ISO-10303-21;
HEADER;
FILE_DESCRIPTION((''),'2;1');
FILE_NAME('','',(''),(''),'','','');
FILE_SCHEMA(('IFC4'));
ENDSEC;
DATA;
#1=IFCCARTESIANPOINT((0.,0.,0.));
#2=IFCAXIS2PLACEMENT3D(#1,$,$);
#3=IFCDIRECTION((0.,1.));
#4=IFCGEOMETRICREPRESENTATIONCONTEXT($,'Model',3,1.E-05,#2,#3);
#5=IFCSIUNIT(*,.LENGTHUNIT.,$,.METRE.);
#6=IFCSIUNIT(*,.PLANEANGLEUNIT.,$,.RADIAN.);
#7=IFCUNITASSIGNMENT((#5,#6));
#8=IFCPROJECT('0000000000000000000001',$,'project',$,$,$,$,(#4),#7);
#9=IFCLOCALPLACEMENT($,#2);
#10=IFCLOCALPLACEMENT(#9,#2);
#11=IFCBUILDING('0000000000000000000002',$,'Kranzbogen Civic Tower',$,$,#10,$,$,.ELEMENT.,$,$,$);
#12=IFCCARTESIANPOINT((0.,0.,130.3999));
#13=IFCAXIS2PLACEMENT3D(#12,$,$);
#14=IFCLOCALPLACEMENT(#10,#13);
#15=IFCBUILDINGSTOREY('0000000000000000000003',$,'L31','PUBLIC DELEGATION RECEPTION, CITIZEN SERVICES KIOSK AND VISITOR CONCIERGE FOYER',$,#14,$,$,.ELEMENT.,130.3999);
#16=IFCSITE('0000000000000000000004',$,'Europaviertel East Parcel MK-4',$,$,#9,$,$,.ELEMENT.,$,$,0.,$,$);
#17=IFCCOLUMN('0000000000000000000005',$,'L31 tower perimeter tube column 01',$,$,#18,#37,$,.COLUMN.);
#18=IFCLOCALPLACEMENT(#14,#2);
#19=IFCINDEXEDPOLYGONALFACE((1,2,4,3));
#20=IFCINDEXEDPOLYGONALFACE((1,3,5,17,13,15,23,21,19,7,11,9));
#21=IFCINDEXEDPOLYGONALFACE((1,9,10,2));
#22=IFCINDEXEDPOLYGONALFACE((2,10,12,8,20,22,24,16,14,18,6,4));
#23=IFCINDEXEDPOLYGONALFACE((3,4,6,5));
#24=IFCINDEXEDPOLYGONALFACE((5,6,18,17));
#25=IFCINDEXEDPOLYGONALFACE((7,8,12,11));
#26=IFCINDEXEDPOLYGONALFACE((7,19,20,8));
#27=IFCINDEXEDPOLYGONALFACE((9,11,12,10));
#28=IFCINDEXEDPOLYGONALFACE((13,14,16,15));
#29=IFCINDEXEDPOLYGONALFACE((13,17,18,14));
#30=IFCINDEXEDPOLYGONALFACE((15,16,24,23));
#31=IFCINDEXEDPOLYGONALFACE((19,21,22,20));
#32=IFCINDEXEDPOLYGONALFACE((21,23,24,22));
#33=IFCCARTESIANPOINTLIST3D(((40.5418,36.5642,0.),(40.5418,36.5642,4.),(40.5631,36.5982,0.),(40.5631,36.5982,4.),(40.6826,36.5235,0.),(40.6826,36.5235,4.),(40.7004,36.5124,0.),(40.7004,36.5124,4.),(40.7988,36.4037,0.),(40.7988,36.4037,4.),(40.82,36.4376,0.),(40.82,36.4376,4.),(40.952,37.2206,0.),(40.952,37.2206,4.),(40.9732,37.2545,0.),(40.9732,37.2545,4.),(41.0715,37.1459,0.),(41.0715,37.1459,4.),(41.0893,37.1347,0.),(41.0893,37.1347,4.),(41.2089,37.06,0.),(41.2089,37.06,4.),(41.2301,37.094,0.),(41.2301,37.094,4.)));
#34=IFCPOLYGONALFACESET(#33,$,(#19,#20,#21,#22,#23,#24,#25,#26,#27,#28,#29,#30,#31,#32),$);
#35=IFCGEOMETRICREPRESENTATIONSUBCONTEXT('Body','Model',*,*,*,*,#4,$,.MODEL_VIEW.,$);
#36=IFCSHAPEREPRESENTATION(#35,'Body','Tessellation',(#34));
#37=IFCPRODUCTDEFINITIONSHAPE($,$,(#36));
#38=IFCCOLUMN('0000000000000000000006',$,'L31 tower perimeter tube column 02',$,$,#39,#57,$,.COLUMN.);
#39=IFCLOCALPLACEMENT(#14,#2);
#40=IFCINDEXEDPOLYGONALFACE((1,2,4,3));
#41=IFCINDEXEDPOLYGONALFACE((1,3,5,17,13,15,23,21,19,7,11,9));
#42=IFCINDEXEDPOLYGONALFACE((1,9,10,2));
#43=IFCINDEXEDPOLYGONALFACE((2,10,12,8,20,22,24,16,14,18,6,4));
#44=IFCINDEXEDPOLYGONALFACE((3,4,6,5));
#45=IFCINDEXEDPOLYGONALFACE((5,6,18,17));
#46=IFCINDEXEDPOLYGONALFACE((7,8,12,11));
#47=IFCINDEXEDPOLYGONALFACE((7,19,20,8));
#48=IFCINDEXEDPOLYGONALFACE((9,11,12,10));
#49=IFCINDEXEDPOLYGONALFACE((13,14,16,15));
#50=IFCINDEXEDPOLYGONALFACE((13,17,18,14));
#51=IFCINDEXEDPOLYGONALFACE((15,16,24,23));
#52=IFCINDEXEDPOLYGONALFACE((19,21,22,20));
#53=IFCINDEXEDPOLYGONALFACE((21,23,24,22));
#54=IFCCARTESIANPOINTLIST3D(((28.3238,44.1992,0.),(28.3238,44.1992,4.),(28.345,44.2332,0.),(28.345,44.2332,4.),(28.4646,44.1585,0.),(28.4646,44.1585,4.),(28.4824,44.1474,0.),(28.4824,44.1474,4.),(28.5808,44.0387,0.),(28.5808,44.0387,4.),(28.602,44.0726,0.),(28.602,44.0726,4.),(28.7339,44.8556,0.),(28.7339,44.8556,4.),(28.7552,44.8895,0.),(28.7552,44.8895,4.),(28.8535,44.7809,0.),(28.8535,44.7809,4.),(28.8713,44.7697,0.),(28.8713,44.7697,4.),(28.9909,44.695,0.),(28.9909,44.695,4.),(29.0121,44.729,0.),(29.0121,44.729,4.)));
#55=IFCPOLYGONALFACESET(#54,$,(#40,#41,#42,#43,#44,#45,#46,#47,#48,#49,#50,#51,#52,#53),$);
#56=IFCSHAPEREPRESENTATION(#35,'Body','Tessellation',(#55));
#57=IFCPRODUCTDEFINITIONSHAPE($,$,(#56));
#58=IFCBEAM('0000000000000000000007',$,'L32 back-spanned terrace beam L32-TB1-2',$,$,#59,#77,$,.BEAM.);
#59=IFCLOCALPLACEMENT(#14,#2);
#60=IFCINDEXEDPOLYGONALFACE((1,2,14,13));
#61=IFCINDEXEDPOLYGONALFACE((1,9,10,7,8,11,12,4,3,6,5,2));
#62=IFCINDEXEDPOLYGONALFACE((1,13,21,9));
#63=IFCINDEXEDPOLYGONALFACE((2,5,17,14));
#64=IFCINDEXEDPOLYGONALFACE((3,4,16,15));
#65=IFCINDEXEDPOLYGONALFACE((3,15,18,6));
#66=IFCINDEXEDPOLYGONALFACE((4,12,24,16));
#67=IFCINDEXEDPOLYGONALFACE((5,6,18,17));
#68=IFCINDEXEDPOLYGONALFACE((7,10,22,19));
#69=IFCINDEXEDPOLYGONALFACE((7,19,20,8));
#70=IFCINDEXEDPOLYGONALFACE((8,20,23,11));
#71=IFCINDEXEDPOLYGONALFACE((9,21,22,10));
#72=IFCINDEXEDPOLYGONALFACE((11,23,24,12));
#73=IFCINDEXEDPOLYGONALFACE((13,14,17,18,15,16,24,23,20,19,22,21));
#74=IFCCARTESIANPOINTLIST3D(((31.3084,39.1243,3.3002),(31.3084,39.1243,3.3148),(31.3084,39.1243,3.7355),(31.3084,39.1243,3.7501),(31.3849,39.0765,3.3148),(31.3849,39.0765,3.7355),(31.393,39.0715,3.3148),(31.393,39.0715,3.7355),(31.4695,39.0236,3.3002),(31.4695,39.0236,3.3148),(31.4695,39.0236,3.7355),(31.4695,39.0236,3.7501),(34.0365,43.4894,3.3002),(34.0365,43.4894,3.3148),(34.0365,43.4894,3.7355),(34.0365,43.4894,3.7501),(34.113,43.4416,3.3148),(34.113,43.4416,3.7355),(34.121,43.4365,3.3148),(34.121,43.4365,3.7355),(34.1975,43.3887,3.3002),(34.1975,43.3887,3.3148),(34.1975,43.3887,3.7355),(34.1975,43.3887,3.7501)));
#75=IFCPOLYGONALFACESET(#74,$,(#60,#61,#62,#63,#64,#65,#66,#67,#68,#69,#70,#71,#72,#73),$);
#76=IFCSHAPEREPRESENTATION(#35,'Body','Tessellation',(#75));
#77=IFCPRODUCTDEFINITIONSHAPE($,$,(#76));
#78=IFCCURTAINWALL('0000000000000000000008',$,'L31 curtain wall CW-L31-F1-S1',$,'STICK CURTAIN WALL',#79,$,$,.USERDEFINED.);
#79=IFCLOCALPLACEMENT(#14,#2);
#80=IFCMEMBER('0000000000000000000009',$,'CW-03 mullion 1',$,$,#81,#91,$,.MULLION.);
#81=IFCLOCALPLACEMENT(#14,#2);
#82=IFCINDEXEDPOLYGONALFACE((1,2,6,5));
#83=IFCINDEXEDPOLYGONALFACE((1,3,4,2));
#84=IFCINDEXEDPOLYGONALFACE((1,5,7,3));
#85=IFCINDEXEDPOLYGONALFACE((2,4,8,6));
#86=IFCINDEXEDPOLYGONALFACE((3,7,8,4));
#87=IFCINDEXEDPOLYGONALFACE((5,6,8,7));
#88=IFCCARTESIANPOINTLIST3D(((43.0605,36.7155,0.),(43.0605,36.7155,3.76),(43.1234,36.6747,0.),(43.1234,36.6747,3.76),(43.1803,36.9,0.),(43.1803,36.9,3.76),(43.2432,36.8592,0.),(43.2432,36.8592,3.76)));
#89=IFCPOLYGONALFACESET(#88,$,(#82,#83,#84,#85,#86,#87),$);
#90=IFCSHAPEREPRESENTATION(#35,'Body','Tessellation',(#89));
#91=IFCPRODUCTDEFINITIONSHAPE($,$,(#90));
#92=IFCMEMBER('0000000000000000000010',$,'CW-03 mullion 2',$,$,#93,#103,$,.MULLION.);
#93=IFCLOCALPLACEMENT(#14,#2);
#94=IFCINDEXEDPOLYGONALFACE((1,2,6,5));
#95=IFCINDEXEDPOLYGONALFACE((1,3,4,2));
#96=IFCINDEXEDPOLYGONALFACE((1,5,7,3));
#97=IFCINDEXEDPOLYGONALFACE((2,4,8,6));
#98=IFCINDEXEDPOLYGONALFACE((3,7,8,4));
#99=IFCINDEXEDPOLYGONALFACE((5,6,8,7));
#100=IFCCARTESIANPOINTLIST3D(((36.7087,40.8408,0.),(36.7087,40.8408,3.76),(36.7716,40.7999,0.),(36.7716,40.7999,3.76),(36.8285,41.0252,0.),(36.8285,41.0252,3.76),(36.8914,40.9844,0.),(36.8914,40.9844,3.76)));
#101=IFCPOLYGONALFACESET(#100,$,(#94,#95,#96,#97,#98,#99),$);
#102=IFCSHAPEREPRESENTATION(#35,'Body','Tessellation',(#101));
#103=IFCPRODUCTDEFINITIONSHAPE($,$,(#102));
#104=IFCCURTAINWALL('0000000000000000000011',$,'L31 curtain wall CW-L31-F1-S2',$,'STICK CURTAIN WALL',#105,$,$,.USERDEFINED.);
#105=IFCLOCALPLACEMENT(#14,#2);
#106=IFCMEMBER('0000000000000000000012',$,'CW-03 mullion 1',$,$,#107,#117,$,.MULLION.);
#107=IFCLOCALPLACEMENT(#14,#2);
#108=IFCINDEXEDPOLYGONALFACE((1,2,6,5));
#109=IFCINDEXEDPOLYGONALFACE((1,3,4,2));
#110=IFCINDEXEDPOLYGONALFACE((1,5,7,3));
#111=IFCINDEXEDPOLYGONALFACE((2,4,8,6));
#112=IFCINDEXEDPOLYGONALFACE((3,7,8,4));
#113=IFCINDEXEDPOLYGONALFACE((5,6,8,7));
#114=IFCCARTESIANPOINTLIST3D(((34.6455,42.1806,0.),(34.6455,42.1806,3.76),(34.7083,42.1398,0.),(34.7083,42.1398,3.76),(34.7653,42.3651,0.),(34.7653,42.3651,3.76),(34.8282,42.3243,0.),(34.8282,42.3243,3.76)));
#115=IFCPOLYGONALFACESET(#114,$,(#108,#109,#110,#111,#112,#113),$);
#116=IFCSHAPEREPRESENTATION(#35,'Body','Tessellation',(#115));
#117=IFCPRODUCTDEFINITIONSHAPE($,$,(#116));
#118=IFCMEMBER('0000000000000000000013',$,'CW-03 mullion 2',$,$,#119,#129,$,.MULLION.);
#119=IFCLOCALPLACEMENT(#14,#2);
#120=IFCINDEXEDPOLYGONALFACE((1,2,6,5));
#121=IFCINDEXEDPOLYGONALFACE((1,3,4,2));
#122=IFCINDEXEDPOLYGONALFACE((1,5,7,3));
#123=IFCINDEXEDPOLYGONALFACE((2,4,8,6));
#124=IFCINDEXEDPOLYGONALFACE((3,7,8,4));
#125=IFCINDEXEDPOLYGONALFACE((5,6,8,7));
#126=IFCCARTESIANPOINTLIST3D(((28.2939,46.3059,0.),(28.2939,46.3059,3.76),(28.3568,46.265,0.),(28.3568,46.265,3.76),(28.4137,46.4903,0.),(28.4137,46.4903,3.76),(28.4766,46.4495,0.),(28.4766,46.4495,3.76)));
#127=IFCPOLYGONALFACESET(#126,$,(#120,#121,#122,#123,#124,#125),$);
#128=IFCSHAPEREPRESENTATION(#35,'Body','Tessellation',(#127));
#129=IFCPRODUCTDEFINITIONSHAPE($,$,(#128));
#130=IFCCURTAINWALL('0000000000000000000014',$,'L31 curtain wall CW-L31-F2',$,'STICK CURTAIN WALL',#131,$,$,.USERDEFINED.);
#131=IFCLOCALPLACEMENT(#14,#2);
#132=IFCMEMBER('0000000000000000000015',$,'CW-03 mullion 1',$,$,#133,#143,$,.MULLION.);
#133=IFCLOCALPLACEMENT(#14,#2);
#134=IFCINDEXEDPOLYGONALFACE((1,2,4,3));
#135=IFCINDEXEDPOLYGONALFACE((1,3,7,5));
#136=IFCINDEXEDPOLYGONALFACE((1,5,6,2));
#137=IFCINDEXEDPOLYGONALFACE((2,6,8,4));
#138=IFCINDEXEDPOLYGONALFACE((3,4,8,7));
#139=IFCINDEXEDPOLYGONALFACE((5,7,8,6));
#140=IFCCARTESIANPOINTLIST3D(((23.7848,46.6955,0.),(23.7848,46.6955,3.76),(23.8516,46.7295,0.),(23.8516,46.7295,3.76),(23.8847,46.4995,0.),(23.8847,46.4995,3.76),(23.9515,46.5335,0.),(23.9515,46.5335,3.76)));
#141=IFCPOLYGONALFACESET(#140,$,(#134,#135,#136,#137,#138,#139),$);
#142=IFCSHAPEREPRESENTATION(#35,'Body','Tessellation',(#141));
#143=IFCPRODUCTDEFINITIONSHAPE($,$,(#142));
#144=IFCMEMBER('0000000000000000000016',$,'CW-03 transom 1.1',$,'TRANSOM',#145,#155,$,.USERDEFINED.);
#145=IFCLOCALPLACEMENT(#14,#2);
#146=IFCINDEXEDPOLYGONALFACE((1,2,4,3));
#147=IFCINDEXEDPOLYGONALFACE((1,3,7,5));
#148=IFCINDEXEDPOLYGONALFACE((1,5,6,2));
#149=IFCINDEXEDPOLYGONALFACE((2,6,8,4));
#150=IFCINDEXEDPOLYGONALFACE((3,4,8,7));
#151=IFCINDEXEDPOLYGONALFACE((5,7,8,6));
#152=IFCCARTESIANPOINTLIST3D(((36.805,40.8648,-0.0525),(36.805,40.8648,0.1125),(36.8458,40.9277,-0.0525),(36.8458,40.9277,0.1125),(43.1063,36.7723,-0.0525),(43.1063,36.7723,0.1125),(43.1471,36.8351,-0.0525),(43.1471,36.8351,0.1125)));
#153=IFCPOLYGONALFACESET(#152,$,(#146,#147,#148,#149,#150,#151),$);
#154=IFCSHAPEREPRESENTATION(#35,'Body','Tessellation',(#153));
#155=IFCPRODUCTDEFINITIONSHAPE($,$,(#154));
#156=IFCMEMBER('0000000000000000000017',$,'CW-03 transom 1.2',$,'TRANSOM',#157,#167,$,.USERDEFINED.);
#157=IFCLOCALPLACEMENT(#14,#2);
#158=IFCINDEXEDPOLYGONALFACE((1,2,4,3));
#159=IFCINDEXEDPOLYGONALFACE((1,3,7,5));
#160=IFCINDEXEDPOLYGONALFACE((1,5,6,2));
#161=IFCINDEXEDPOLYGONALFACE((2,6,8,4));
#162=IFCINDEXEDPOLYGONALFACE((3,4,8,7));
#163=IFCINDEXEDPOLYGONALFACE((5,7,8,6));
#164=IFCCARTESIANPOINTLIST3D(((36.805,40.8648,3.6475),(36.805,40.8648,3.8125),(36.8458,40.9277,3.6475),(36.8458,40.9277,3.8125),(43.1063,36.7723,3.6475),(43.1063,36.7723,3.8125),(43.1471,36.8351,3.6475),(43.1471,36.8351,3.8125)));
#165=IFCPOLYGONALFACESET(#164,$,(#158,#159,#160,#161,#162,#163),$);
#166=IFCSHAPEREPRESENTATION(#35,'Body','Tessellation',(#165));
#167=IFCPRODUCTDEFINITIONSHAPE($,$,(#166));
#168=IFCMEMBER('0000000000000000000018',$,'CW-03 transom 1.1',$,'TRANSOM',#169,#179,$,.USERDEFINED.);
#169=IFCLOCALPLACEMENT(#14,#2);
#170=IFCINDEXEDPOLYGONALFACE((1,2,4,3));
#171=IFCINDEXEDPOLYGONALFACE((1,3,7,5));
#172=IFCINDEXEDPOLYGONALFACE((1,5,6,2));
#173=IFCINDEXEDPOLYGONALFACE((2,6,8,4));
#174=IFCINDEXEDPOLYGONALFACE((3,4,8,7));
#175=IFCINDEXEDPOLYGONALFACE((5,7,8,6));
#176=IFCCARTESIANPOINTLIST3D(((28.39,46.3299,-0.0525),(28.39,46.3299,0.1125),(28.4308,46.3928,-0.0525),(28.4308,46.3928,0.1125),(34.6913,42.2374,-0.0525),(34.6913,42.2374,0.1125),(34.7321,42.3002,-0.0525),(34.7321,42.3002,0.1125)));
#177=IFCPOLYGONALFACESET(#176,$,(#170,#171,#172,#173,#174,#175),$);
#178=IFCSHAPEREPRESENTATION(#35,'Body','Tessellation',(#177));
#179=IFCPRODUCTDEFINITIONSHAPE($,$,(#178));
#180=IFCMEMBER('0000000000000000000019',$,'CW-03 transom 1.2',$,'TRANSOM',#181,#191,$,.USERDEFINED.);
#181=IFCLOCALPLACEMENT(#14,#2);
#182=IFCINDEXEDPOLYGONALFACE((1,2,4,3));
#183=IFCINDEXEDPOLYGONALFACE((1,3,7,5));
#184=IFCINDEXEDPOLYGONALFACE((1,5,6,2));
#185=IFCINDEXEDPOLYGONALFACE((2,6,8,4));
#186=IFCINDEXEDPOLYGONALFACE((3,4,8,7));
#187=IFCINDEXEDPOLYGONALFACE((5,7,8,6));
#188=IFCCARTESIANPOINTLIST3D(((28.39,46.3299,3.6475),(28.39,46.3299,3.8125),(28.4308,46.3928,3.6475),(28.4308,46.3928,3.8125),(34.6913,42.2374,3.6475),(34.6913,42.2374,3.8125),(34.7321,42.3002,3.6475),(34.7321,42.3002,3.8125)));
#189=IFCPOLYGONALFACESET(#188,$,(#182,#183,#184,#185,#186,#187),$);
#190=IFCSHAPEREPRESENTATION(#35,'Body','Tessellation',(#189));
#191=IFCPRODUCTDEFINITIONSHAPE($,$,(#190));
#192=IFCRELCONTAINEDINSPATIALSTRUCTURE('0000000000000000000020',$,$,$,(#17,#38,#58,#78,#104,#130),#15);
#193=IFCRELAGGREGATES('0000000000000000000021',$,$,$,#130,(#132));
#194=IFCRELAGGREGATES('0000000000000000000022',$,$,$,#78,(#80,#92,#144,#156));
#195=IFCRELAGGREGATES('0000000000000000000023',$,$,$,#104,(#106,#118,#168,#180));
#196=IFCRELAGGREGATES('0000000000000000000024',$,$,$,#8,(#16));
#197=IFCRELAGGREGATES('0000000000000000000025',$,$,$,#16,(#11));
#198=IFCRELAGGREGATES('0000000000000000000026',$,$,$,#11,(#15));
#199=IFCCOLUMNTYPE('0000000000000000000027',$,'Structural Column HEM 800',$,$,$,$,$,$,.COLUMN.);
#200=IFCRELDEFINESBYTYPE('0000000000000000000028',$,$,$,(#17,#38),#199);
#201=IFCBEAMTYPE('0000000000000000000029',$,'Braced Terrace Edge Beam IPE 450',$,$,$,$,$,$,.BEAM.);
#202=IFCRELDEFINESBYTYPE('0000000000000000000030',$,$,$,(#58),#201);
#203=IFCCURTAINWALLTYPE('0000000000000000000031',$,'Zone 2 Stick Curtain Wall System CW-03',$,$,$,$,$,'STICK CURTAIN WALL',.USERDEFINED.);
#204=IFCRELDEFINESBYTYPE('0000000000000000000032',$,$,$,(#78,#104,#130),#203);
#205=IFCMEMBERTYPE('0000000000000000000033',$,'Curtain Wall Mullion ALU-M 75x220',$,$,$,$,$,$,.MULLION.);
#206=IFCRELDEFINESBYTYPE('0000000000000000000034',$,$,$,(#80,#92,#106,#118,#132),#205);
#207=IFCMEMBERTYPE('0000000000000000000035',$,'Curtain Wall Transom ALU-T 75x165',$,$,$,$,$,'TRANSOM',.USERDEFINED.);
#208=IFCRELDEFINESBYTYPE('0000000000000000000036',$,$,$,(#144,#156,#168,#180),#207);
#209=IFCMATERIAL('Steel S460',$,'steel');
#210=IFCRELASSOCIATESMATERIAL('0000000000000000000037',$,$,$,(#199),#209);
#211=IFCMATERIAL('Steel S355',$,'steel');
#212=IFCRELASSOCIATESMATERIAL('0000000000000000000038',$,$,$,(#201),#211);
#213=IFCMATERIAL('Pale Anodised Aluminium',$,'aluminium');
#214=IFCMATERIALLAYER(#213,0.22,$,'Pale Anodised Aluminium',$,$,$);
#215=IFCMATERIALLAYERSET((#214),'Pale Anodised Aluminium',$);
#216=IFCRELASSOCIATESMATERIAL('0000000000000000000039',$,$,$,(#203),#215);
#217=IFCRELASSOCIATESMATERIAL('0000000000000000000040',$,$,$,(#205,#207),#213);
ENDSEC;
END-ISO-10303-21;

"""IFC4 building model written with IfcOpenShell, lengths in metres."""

from ifc_helpers import new_model, si_unit, direction, frame, origin, origin_2d, place, context, subcontext, project, spatial, rectangle, i_section, extrude, material, layer, layer_set, material_profile, profile_set, type_object, element, aggregate, save


model = new_model("IFC4")

# Units and contexts
model_context = context("Model", 3, precision=1e-05, world=origin(), true_north=direction((0.0, 1.0)))
body_context = subcontext(model_context, "Body", "Model", "MODEL_VIEW")
ifc_project = project(units=[si_unit("LENGTHUNIT", "METRE"), si_unit("PLANEANGLEUNIT", "RADIAN")], contexts=[model_context])

# Site, building, storey
site_placement = place(None, origin())
site = spatial("IfcSite", under=ifc_project, at=site_placement, Name="Europaviertel East Parcel MK-4", CompositionType="ELEMENT", RefElevation=0.0)
building_placement = place(site_placement, origin())
building = spatial("IfcBuilding", under=site, at=building_placement, Name="Kranzbogen Civic Tower", CompositionType="ELEMENT")
storey_placement = place(building_placement, frame((0.0, 0.0, 130.3999)))
storey = spatial("IfcBuildingStorey", under=building, at=storey_placement, Name="L31", Description="PUBLIC DELEGATION RECEPTION, CITIZEN SERVICES KIOSK AND VISITOR CONCIERGE FOYER", CompositionType="ELEMENT", Elevation=130.3999)

# Columns
ifc_material_1 = material(Name="Steel S460", Category="steel")
ifc_material_profile_1 = material_profile(ifc_material_1, i_section(OverallWidth=0.303, OverallDepth=0.814, WebThickness=0.021, FlangeThickness=0.04, at=origin_2d()), Name="HEM 800")
ifc_profile_set_1 = profile_set([ifc_material_profile_1], Name="Steel S460")
column_type = type_object("IfcColumnType", Name="Structural Column HEM 800", PredefinedType="COLUMN", material=ifc_profile_set_1)
for number, where, z_axis, x_axis, name in (
    (1, (40.886, 36.8291, 0.0), (0.0, 0.0, 1.0), (-0.848048, 0.529919, 0.0), "L31 tower perimeter tube column 01"),
    (2, (28.668, 44.4641, 0.0), (0.0, 0.0, 1.0), (-0.848048, 0.529919, 0.0), "L31 tower perimeter tube column 02"),
):
    element("IfcColumn", number, at=place(storey_placement, frame(where, z_axis=z_axis, x_axis=x_axis)), inside=storey, type_object=column_type, Name=name, PredefinedType="COLUMN", context=body_context, shape_type="SweptSolid", body=[
        extrude(i_section(OverallWidth=0.303, OverallDepth=0.814, WebThickness=0.021, FlangeThickness=0.04, at=origin_2d()), origin(), (0.0, 0.0, 1.0), 4.0),
    ])

# Beam
ifc_material_2 = material(Name="Steel S355", Category="steel")
ifc_material_profile_2 = material_profile(ifc_material_2, i_section(OverallWidth=0.1899, OverallDepth=0.45, WebThickness=0.0095, FlangeThickness=0.0146, at=origin_2d()), Name="IPE 450")
ifc_profile_set_2 = profile_set([ifc_material_profile_2], Name="Steel S355")
beam_type_1 = type_object("IfcBeamType", Name="Braced Terrace Edge Beam IPE 450", PredefinedType="BEAM", material=ifc_profile_set_2)
beam_1_placement = place(storey_placement, frame((31.3889, 39.074, 3.5251), z_axis=(0.529986, 0.848006, 0.0), x_axis=(-0.848006, 0.529986, 0.0)))
element("IfcBeam", 3, at=beam_1_placement, inside=storey, type_object=beam_type_1, Name="L32 back-spanned terrace beam L32-TB1-2", PredefinedType="BEAM", context=body_context, shape_type="SweptSolid", body=[
    extrude(i_section(OverallWidth=0.1899, OverallDepth=0.45, WebThickness=0.0095, FlangeThickness=0.0146, at=origin_2d()), origin(), (0.0, 0.0, 1.0), 5.1475),
])

# Curtain walls, members
ifc_material_3 = material(Name="Pale Anodised Aluminium", Category="aluminium")
ifc_layer_1 = layer(ifc_material_3, 0.22, Name="Pale Anodised Aluminium")
ifc_layer_set_1 = layer_set([ifc_layer_1], Name="Pale Anodised Aluminium")
curtain_wall_type = type_object("IfcCurtainWallType", Name="Zone 2 Stick Curtain Wall System CW-03", ElementType="STICK CURTAIN WALL", PredefinedType="USERDEFINED", material=ifc_layer_set_1)
curtain_wall_1_placement = place(storey_placement, origin())
curtain_wall_1 = element("IfcCurtainWall", 4, at=curtain_wall_1_placement, inside=storey, type_object=curtain_wall_type, Name="L31 curtain wall CW-L31-F1-S1", ObjectType="STICK CURTAIN WALL", PredefinedType="USERDEFINED")
ifc_material_profile_3 = material_profile(ifc_material_3, rectangle(XDim=0.075, YDim=0.22, at=origin_2d()), Name="ALU-M 75x220")
ifc_profile_set_3 = profile_set([ifc_material_profile_3], Name="Pale Anodised Aluminium")
member_type_1 = type_object("IfcMemberType", Name="Curtain Wall Mullion ALU-M 75x220", PredefinedType="MULLION", material=ifc_profile_set_3)
member_1_placement = place(storey_placement, frame((43.1519, 36.7874, 0.0), z_axis=(0.0, 0.0, 1.0), x_axis=(-0.838641, 0.544684, 0.0)))
member_1 = element("IfcMember", 5, at=member_1_placement, type_object=member_type_1, Name="CW-03 mullion 1", PredefinedType="MULLION", context=body_context, shape_type="SweptSolid", body=[
    extrude(rectangle(XDim=0.075, YDim=0.22, at=origin_2d()), origin(), (0.0, 0.0, 1.0), 3.76),
])
member_2_placement = place(storey_placement, frame((36.8, 40.9126, 0.0), z_axis=(0.0, 0.0, 1.0), x_axis=(-0.838641, 0.544684, 0.0)))
member_2 = element("IfcMember", 6, at=member_2_placement, type_object=member_type_1, Name="CW-03 mullion 2", PredefinedType="MULLION", context=body_context, shape_type="SweptSolid", body=[
    extrude(rectangle(XDim=0.075, YDim=0.22, at=origin_2d()), origin(), (0.0, 0.0, 1.0), 3.76),
])
curtain_wall_2_placement = place(storey_placement, origin())
curtain_wall_2 = element("IfcCurtainWall", 7, at=curtain_wall_2_placement, inside=storey, type_object=curtain_wall_type, Name="L31 curtain wall CW-L31-F1-S2", ObjectType="STICK CURTAIN WALL", PredefinedType="USERDEFINED")
member_3_placement = place(storey_placement, frame((34.7368, 42.2524, 0.0), z_axis=(0.0, 0.0, 1.0), x_axis=(-0.838641, 0.544684, 0.0)))
member_3 = element("IfcMember", 8, at=member_3_placement, type_object=member_type_1, Name="CW-03 mullion 1", PredefinedType="MULLION", context=body_context, shape_type="SweptSolid", body=[
    extrude(rectangle(XDim=0.075, YDim=0.22, at=origin_2d()), origin(), (0.0, 0.0, 1.0), 3.76),
])
member_4_placement = place(storey_placement, frame((28.3853, 46.3777, 0.0), z_axis=(0.0, 0.0, 1.0), x_axis=(-0.838641, 0.544684, 0.0)))
member_4 = element("IfcMember", 9, at=member_4_placement, type_object=member_type_1, Name="CW-03 mullion 2", PredefinedType="MULLION", context=body_context, shape_type="SweptSolid", body=[
    extrude(rectangle(XDim=0.075, YDim=0.22, at=origin_2d()), origin(), (0.0, 0.0, 1.0), 3.76),
])

# Curtain wall, member
curtain_wall_3_placement = place(storey_placement, origin())
curtain_wall_3 = element("IfcCurtainWall", 10, at=curtain_wall_3_placement, inside=storey, type_object=curtain_wall_type, Name="L31 curtain wall CW-L31-F2", ObjectType="STICK CURTAIN WALL", PredefinedType="USERDEFINED")
member_5_placement = place(storey_placement, frame((23.8682, 46.6145, 0.0), z_axis=(0.0, 0.0, 1.0), x_axis=(-0.891017, -0.45397, 0.0)))
member_5 = element("IfcMember", 11, at=member_5_placement, type_object=member_type_1, Name="CW-03 mullion 1", PredefinedType="MULLION", context=body_context, shape_type="SweptSolid", body=[
    extrude(rectangle(XDim=0.075, YDim=0.22, at=origin_2d()), origin(), (0.0, 0.0, 1.0), 3.76),
])

# Members
ifc_material_profile_4 = material_profile(ifc_material_3, rectangle(XDim=0.075, YDim=0.165, at=origin_2d()), Name="ALU-T 75x165")
ifc_profile_set_4 = profile_set([ifc_material_profile_4], Name="Pale Anodised Aluminium")
member_type_2 = type_object("IfcMemberType", Name="Curtain Wall Transom ALU-T 75x165", ElementType="TRANSOM", PredefinedType="USERDEFINED", material=ifc_profile_set_4)
member_6_placement = place(storey_placement, frame((43.1267, 36.8037, 0.03), z_axis=(-0.838644, 0.54468, 0.0), x_axis=(-0.54468, -0.838644, 0.0)))
member_6 = element("IfcMember", 12, at=member_6_placement, type_object=member_type_2, Name="CW-03 transom 1.1", ObjectType="TRANSOM", PredefinedType="USERDEFINED", context=body_context, shape_type="SweptSolid", body=[
    extrude(rectangle(XDim=0.075, YDim=0.165, at=origin_2d()), origin(), (0.0, 0.0, 1.0), 7.5137),
])
member_7_placement = place(storey_placement, frame((43.1267, 36.8037, 3.73), z_axis=(-0.838644, 0.54468, 0.0), x_axis=(-0.54468, -0.838644, 0.0)))
member_7 = element("IfcMember", 13, at=member_7_placement, type_object=member_type_2, Name="CW-03 transom 1.2", ObjectType="TRANSOM", PredefinedType="USERDEFINED", context=body_context, shape_type="SweptSolid", body=[
    extrude(rectangle(XDim=0.075, YDim=0.165, at=origin_2d()), origin(), (0.0, 0.0, 1.0), 7.5137),
])
member_8_placement = place(storey_placement, frame((34.7117, 42.2688, 0.03), z_axis=(-0.838644, 0.54468, 0.0), x_axis=(-0.54468, -0.838644, 0.0)))
member_8 = element("IfcMember", 14, at=member_8_placement, type_object=member_type_2, Name="CW-03 transom 1.1", ObjectType="TRANSOM", PredefinedType="USERDEFINED", context=body_context, shape_type="SweptSolid", body=[
    extrude(rectangle(XDim=0.075, YDim=0.165, at=origin_2d()), origin(), (0.0, 0.0, 1.0), 7.5137),
])
member_9_placement = place(storey_placement, frame((34.7117, 42.2688, 3.73), z_axis=(-0.838644, 0.54468, 0.0), x_axis=(-0.54468, -0.838644, 0.0)))
member_9 = element("IfcMember", 15, at=member_9_placement, type_object=member_type_2, Name="CW-03 transom 1.2", ObjectType="TRANSOM", PredefinedType="USERDEFINED", context=body_context, shape_type="SweptSolid", body=[
    extrude(rectangle(XDim=0.075, YDim=0.165, at=origin_2d()), origin(), (0.0, 0.0, 1.0), 7.5137),
])
aggregate(curtain_wall_3, [member_5])

aggregate(curtain_wall_1, [member_1, member_2, member_6, member_7])
aggregate(curtain_wall_2, [member_3, member_4, member_8, member_9])

save(model, "model.ifc")
